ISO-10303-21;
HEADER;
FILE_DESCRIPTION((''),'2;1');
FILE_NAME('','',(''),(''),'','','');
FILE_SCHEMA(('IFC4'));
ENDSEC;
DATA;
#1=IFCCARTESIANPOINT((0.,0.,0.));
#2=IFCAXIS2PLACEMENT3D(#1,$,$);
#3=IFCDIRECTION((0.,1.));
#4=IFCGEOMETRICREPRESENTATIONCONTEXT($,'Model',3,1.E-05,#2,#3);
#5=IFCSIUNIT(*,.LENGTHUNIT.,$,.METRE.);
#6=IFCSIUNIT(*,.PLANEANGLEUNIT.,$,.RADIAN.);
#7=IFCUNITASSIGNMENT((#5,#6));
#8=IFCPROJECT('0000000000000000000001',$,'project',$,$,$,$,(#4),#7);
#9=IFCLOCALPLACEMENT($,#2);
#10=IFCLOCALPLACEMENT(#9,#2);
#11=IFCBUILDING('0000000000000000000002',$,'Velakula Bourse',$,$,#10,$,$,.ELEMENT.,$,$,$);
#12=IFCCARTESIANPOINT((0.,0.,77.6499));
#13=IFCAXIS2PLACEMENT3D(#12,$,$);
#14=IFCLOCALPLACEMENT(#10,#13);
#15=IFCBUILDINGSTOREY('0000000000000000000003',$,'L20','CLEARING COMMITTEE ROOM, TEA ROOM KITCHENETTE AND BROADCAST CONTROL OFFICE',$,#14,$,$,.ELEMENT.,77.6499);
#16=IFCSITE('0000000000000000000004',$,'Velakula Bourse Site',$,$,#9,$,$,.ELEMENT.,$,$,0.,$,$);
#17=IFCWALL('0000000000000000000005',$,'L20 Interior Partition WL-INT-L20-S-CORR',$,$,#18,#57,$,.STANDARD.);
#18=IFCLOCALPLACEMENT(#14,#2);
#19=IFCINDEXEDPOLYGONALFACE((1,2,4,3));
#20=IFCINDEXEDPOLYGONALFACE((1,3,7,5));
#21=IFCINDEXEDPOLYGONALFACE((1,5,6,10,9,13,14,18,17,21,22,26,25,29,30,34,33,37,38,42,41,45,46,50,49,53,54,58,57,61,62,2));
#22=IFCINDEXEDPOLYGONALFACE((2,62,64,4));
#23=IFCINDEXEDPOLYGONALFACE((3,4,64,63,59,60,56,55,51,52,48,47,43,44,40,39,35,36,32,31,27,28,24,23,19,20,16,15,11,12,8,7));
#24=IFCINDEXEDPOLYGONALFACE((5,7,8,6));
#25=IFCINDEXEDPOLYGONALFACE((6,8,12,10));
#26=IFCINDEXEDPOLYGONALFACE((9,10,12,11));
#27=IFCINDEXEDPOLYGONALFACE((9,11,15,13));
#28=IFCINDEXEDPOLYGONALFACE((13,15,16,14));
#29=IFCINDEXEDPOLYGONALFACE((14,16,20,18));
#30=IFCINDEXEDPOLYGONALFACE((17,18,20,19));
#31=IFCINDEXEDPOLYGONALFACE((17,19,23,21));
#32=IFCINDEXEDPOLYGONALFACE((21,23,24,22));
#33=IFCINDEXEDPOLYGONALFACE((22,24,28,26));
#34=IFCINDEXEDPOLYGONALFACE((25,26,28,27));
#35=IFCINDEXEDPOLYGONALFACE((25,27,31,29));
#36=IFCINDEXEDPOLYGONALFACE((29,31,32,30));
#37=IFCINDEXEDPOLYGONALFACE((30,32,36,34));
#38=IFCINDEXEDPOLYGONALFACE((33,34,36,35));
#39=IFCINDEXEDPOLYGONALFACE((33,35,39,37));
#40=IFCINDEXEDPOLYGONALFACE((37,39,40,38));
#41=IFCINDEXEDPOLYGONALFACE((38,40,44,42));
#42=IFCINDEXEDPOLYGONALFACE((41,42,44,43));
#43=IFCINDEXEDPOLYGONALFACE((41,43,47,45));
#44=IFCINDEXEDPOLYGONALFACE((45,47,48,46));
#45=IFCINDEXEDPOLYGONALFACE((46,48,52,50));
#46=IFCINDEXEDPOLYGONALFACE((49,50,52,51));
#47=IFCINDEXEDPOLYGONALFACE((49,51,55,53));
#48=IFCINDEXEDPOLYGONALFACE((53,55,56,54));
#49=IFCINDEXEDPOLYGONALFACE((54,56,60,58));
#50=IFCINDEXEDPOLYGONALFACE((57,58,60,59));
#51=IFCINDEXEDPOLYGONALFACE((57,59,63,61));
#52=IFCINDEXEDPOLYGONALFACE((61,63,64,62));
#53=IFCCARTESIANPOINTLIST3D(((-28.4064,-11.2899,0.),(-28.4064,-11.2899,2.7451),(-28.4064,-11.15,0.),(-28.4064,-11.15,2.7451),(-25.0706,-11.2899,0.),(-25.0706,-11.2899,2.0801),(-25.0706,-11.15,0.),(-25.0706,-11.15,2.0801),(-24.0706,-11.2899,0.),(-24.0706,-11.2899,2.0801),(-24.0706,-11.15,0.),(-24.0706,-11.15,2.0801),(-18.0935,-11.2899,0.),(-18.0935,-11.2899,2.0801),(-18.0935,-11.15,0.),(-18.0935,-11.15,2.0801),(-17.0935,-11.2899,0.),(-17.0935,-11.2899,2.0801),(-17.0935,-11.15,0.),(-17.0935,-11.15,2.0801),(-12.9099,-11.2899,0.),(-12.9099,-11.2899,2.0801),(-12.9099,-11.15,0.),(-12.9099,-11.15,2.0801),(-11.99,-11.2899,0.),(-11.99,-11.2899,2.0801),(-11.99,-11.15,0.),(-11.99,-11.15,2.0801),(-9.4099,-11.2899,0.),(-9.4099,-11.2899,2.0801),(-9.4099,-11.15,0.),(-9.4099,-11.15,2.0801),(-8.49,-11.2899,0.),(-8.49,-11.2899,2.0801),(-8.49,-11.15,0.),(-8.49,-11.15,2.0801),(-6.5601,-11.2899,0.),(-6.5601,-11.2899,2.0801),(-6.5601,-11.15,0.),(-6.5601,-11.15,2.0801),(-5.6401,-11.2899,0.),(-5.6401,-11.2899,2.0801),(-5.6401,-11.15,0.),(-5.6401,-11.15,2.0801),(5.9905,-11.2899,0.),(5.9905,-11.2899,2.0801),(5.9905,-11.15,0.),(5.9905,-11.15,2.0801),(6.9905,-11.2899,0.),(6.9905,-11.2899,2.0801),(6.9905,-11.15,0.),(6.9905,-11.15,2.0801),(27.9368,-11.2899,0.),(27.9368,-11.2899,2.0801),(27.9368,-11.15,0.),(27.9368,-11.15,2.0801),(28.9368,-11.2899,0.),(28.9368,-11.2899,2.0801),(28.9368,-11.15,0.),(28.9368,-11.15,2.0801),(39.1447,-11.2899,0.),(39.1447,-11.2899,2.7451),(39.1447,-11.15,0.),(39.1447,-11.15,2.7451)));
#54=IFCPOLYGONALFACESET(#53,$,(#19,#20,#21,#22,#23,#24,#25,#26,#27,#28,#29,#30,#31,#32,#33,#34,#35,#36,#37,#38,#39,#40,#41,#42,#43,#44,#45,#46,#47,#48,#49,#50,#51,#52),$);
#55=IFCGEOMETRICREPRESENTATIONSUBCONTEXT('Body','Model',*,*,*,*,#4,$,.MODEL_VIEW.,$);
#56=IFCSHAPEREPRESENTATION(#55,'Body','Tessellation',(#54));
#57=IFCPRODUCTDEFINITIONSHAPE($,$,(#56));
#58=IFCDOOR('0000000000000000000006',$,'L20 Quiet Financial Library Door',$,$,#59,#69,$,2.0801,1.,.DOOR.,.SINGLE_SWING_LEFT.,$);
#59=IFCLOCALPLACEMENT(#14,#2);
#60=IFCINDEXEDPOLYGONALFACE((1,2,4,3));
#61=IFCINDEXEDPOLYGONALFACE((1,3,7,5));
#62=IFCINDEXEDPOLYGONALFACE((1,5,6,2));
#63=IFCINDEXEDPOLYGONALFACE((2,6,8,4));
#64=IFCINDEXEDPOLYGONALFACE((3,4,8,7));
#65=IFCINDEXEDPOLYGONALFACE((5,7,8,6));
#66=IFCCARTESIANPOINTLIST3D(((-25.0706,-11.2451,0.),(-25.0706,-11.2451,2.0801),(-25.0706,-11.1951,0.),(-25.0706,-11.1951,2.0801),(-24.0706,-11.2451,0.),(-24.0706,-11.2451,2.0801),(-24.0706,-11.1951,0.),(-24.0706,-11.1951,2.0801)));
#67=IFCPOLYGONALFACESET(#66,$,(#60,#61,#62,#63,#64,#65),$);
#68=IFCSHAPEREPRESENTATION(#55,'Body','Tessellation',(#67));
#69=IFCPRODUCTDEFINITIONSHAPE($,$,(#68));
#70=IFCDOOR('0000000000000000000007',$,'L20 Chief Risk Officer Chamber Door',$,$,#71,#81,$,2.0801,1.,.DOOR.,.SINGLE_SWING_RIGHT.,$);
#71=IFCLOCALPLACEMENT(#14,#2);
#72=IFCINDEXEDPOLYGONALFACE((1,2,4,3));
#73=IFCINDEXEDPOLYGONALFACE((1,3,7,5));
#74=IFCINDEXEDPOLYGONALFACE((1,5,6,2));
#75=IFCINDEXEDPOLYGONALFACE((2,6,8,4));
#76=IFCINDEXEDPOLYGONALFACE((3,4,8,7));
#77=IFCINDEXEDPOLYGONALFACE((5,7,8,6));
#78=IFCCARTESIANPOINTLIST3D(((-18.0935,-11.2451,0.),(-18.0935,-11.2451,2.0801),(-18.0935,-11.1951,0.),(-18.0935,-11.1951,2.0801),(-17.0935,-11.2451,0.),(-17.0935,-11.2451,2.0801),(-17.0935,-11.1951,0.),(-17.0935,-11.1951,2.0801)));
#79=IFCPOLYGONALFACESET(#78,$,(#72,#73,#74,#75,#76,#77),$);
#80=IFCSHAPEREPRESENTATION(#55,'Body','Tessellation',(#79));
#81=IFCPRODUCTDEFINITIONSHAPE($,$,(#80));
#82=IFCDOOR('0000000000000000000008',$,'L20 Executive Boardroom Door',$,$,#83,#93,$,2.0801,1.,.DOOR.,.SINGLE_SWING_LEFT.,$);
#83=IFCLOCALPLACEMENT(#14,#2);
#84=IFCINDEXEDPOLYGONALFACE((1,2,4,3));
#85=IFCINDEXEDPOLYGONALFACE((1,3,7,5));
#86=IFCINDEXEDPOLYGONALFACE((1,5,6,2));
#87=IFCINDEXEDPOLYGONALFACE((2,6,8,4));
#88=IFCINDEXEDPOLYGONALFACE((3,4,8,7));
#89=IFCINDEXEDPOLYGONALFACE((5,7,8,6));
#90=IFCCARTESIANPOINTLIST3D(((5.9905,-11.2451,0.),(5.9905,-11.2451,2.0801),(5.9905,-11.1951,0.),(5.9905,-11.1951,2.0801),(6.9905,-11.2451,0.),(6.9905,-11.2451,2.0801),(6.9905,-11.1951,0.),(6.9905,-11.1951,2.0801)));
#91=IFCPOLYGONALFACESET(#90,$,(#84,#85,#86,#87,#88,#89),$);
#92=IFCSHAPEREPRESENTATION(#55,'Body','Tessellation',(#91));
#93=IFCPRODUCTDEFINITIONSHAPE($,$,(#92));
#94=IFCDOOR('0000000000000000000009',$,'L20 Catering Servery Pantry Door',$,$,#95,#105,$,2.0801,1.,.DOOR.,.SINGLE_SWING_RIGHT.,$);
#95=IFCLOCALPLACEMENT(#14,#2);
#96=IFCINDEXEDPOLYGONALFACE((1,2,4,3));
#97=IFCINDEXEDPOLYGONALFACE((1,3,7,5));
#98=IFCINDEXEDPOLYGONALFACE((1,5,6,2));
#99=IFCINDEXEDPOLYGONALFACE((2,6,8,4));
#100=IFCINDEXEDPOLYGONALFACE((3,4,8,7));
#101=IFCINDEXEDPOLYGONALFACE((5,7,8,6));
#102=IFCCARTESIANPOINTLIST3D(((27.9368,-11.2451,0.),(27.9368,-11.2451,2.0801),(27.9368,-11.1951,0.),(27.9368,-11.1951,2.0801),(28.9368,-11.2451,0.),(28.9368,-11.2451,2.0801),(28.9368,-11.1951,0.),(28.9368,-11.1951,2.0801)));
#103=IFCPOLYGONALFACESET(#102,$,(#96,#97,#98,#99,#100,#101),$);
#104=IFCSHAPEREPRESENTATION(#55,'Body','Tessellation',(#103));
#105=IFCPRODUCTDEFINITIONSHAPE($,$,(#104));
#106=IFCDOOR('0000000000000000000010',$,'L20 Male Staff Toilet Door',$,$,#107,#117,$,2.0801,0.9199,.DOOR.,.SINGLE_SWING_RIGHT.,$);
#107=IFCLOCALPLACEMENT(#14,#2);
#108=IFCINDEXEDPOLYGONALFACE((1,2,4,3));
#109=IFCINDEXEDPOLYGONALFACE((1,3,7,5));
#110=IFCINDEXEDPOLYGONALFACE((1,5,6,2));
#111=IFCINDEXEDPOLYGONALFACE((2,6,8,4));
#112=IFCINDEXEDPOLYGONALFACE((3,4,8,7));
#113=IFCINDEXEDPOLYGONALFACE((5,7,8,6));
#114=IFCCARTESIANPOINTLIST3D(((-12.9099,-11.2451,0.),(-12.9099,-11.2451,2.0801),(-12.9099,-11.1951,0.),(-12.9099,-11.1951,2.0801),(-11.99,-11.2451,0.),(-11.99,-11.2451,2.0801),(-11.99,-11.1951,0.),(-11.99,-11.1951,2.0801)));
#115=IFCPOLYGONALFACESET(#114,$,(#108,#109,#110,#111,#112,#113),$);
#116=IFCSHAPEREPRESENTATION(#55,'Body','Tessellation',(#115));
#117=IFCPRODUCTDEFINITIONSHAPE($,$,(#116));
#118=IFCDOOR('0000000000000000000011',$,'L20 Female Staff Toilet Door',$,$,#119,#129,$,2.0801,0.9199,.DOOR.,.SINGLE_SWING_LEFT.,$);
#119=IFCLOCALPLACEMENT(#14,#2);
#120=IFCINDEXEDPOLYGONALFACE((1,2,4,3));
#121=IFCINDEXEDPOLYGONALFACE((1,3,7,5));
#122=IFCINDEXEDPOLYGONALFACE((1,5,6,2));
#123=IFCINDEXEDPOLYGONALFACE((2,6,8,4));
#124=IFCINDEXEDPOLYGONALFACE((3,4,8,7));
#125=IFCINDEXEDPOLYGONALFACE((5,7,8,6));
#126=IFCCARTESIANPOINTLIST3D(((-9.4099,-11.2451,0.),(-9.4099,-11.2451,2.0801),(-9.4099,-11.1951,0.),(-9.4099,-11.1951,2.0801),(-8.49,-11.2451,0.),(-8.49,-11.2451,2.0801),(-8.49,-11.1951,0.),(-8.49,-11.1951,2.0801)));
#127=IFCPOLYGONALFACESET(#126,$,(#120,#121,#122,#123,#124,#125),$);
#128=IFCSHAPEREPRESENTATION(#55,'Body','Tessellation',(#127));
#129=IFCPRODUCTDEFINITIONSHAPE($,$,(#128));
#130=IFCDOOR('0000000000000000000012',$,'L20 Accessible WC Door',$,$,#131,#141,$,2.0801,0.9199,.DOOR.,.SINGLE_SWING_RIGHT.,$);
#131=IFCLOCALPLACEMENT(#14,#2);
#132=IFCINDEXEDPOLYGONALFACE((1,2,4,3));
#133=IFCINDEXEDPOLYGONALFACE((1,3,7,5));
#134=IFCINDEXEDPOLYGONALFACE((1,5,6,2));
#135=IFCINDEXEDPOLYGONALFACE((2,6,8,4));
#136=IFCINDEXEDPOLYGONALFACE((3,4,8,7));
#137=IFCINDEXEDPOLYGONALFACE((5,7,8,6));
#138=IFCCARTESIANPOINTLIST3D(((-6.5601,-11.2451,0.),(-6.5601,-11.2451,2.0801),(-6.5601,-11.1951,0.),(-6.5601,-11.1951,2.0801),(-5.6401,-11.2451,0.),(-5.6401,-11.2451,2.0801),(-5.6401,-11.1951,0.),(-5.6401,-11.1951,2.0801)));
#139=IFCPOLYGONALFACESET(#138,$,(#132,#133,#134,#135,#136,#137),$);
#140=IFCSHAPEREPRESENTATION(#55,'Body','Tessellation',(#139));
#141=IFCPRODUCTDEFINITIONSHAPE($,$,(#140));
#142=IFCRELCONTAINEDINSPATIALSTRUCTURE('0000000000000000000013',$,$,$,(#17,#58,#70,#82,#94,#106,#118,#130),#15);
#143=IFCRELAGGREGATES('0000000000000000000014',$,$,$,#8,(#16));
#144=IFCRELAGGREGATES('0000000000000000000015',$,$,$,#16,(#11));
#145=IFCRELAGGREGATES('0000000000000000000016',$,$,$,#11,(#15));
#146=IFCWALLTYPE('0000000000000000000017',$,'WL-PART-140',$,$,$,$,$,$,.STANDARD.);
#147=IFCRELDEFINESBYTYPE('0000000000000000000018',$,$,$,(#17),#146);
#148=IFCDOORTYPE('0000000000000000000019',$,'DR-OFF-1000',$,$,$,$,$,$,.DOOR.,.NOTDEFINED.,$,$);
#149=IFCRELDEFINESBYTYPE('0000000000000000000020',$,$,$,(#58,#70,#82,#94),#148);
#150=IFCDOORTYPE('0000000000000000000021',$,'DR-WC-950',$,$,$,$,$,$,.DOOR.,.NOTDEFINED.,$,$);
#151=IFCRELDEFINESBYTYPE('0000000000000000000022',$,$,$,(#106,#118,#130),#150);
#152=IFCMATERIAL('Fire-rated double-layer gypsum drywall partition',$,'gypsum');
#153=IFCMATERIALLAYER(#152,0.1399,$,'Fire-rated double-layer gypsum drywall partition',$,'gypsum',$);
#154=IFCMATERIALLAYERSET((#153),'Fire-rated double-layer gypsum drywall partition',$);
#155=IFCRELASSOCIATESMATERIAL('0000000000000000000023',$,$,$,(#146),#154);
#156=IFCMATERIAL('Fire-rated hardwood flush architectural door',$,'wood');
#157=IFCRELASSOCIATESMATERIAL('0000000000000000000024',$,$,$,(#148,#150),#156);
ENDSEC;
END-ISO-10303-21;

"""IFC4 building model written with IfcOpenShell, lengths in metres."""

from ifc_helpers import new_model, si_unit, direction, frame, frame_2d, origin, place, context, subcontext, project, spatial, rectangle, extrude, material, layer, layer_set, type_object, element, fill, save


model = new_model("IFC4")

# Units and contexts
model_context = context("Model", 3, precision=1e-05, world=origin(), true_north=direction((0.0, 1.0)))
body_context = subcontext(model_context, "Body", "Model", "MODEL_VIEW")
ifc_project = project(units=[si_unit("LENGTHUNIT", "METRE"), si_unit("PLANEANGLEUNIT", "RADIAN")], contexts=[model_context])

# Site, building, storey
site_placement = place(None, origin())
site = spatial("IfcSite", under=ifc_project, at=site_placement, Name="Velakula Bourse Site", CompositionType="ELEMENT", RefElevation=0.0)
building_placement = place(site_placement, origin())
building = spatial("IfcBuilding", under=site, at=building_placement, Name="Velakula Bourse", CompositionType="ELEMENT")
storey_placement = place(building_placement, frame((0.0, 0.0, 77.6499)))
storey = spatial("IfcBuildingStorey", under=building, at=storey_placement, Name="L20", Description="CLEARING COMMITTEE ROOM, TEA ROOM KITCHENETTE AND BROADCAST CONTROL OFFICE", CompositionType="ELEMENT", Elevation=77.6499)

# Wall, openings, doors
ifc_material_1 = material(Name="Fire-rated double-layer gypsum drywall partition", Category="gypsum")
ifc_layer_1 = layer(ifc_material_1, 0.1399, Name="Fire-rated double-layer gypsum drywall partition", Category="gypsum")
ifc_layer_set_1 = layer_set([ifc_layer_1], Name="Fire-rated double-layer gypsum drywall partition")
wall_type_1 = type_object("IfcWallType", Name="WL-PART-140", PredefinedType="STANDARD", material=ifc_layer_set_1)
wall_1_placement = place(storey_placement, frame((-28.4062, -11.22, 0.0), z_axis=(0.0, 0.0, 1.0), x_axis=(1.0, 0.0, 0.0)))
wall_1 = element("IfcWall", 1, at=wall_1_placement, inside=storey, type_object=wall_type_1, Name="L20 Interior Partition WL-INT-L20-S-CORR", PredefinedType="STANDARD", context=body_context, shape_type="SweptSolid", body=[
    extrude(rectangle(XDim=67.551, YDim=0.1399, at=frame_2d((33.7754, 0.0))), origin(), (0.0, 0.0, 1.0), 2.7451),
])
opening_1_placement = place(wall_1_placement, frame((15.4963, 0.0, 0.0)))
opening_1 = element("IfcOpeningElement", 2, at=opening_1_placement, cuts=wall_1, PredefinedType="OPENING", context=body_context, shape_type="SweptSolid", body=[
    extrude(rectangle(XDim=0.9199, YDim=2.0801, at=frame_2d((0.46, 1.04))), frame((0.0, 0.0798, 0.0), z_axis=(0.0, -1.0, 0.0), x_axis=(1.0, 0.0, 0.0)), (0.0, 0.0, 1.0), 0.1599),
])
opening_2_placement = place(wall_1_placement, frame((18.9963, 0.0, 0.0)))
opening_2 = element("IfcOpeningElement", 3, at=opening_2_placement, cuts=wall_1, PredefinedType="OPENING", context=body_context, shape_type="SweptSolid", body=[
    extrude(rectangle(XDim=0.9199, YDim=2.0801, at=frame_2d((0.46, 1.04))), frame((0.0, 0.0798, 0.0), z_axis=(0.0, -1.0, 0.0), x_axis=(1.0, 0.0, 0.0)), (0.0, 0.0, 1.0), 0.1599),
])
opening_3_placement = place(wall_1_placement, frame((21.8462, 0.0, 0.0)))
opening_3 = element("IfcOpeningElement", 4, at=opening_3_placement, cuts=wall_1, PredefinedType="OPENING", context=body_context, shape_type="SweptSolid", body=[
    extrude(rectangle(XDim=0.9199, YDim=2.0801, at=frame_2d((0.46, 1.04))), frame((0.0, 0.0798, 0.0), z_axis=(0.0, -1.0, 0.0), x_axis=(1.0, 0.0, 0.0)), (0.0, 0.0, 1.0), 0.1599),
])
opening_4_placement = place(wall_1_placement, frame((3.3357, 0.0, 0.0)))
opening_4 = element("IfcOpeningElement", 5, at=opening_4_placement, cuts=wall_1, PredefinedType="OPENING", context=body_context, shape_type="SweptSolid", body=[
    extrude(rectangle(XDim=1.0, YDim=2.0801, at=frame_2d((0.5, 1.04))), frame((0.0, 0.0798, 0.0), z_axis=(0.0, -1.0, 0.0), x_axis=(1.0, 0.0, 0.0)), (0.0, 0.0, 1.0), 0.1599),
])
opening_5_placement = place(wall_1_placement, frame((10.3127, 0.0, 0.0)))
opening_5 = element("IfcOpeningElement", 6, at=opening_5_placement, cuts=wall_1, PredefinedType="OPENING", context=body_context, shape_type="SweptSolid", body=[
    extrude(rectangle(XDim=1.0, YDim=2.0801, at=frame_2d((0.5, 1.04))), frame((0.0, 0.0798, 0.0), z_axis=(0.0, -1.0, 0.0), x_axis=(1.0, 0.0, 0.0)), (0.0, 0.0, 1.0), 0.1599),
])
opening_6_placement = place(wall_1_placement, frame((34.3967, 0.0, 0.0)))
opening_6 = element("IfcOpeningElement", 7, at=opening_6_placement, cuts=wall_1, PredefinedType="OPENING", context=body_context, shape_type="SweptSolid", body=[
    extrude(rectangle(XDim=1.0, YDim=2.0801, at=frame_2d((0.5, 1.04))), frame((0.0, 0.0798, 0.0), z_axis=(0.0, -1.0, 0.0), x_axis=(1.0, 0.0, 0.0)), (0.0, 0.0, 1.0), 0.1599),
])
opening_7_placement = place(wall_1_placement, frame((56.343, 0.0, 0.0)))
opening_7 = element("IfcOpeningElement", 8, at=opening_7_placement, cuts=wall_1, PredefinedType="OPENING", context=body_context, shape_type="SweptSolid", body=[
    extrude(rectangle(XDim=1.0, YDim=2.0801, at=frame_2d((0.5, 1.04))), frame((0.0, 0.0798, 0.0), z_axis=(0.0, -1.0, 0.0), x_axis=(1.0, 0.0, 0.0)), (0.0, 0.0, 1.0), 0.1599),
])
ifc_material_2 = material(Name="Fire-rated hardwood flush architectural door", Category="wood")
door_type_1 = type_object("IfcDoorType", Name="DR-OFF-1000", OperationType="NOTDEFINED", PredefinedType="DOOR", material=ifc_material_2)
door_1_placement = place(opening_4_placement, origin())
door_1 = element("IfcDoor", 9, at=door_1_placement, inside=storey, type_object=door_type_1, Name="L20 Quiet Financial Library Door", OperationType="SINGLE_SWING_LEFT", OverallHeight=2.0801, OverallWidth=1.0, PredefinedType="DOOR", context=body_context, shape_type="SweptSolid", body=[
    extrude(rectangle(XDim=1.0, YDim=2.0801, at=frame_2d((0.5, 1.04))), frame((0.0, 0.0249, 0.0), z_axis=(0.0, -1.0, 0.0), x_axis=(1.0, 0.0, 0.0)), (0.0, 0.0, 1.0), 0.05),
])
fill(opening_4, door_1)
door_2_placement = place(opening_5_placement, origin())
door_2 = element("IfcDoor", 10, at=door_2_placement, inside=storey, type_object=door_type_1, Name="L20 Chief Risk Officer Chamber Door", OperationType="SINGLE_SWING_RIGHT", OverallHeight=2.0801, OverallWidth=1.0, PredefinedType="DOOR", context=body_context, shape_type="SweptSolid", body=[
    extrude(rectangle(XDim=1.0, YDim=2.0801, at=frame_2d((0.5, 1.04))), frame((0.0, 0.0249, 0.0), z_axis=(0.0, -1.0, 0.0), x_axis=(1.0, 0.0, 0.0)), (0.0, 0.0, 1.0), 0.05),
])
fill(opening_5, door_2)
door_3_placement = place(opening_6_placement, origin())
door_3 = element("IfcDoor", 11, at=door_3_placement, inside=storey, type_object=door_type_1, Name="L20 Executive Boardroom Door", OperationType="SINGLE_SWING_LEFT", OverallHeight=2.0801, OverallWidth=1.0, PredefinedType="DOOR", context=body_context, shape_type="SweptSolid", body=[
    extrude(rectangle(XDim=1.0, YDim=2.0801, at=frame_2d((0.5, 1.04))), frame((0.0, 0.0249, 0.0), z_axis=(0.0, -1.0, 0.0), x_axis=(1.0, 0.0, 0.0)), (0.0, 0.0, 1.0), 0.05),
])
fill(opening_6, door_3)
door_4_placement = place(opening_7_placement, origin())
door_4 = element("IfcDoor", 12, at=door_4_placement, inside=storey, type_object=door_type_1, Name="L20 Catering Servery Pantry Door", OperationType="SINGLE_SWING_RIGHT", OverallHeight=2.0801, OverallWidth=1.0, PredefinedType="DOOR", context=body_context, shape_type="SweptSolid", body=[
    extrude(rectangle(XDim=1.0, YDim=2.0801, at=frame_2d((0.5, 1.04))), frame((0.0, 0.0249, 0.0), z_axis=(0.0, -1.0, 0.0), x_axis=(1.0, 0.0, 0.0)), (0.0, 0.0, 1.0), 0.05),
])
fill(opening_7, door_4)
door_type_2 = type_object("IfcDoorType", Name="DR-WC-950", OperationType="NOTDEFINED", PredefinedType="DOOR", material=ifc_material_2)
door_5_placement = place(opening_1_placement, origin())
door_5 = element("IfcDoor", 13, at=door_5_placement, inside=storey, type_object=door_type_2, Name="L20 Male Staff Toilet Door", OperationType="SINGLE_SWING_RIGHT", OverallHeight=2.0801, OverallWidth=0.9199, PredefinedType="DOOR", context=body_context, shape_type="SweptSolid", body=[
    extrude(rectangle(XDim=0.9199, YDim=2.0801, at=frame_2d((0.46, 1.04))), frame((0.0, 0.0249, 0.0), z_axis=(0.0, -1.0, 0.0), x_axis=(1.0, 0.0, 0.0)), (0.0, 0.0, 1.0), 0.05),
])
fill(opening_1, door_5)
door_6_placement = place(opening_2_placement, origin())
door_6 = element("IfcDoor", 14, at=door_6_placement, inside=storey, type_object=door_type_2, Name="L20 Female Staff Toilet Door", OperationType="SINGLE_SWING_LEFT", OverallHeight=2.0801, OverallWidth=0.9199, PredefinedType="DOOR", context=body_context, shape_type="SweptSolid", body=[
    extrude(rectangle(XDim=0.9199, YDim=2.0801, at=frame_2d((0.46, 1.04))), frame((0.0, 0.0249, 0.0), z_axis=(0.0, -1.0, 0.0), x_axis=(1.0, 0.0, 0.0)), (0.0, 0.0, 1.0), 0.05),
])
fill(opening_2, door_6)
door_7_placement = place(opening_3_placement, origin())
door_7 = element("IfcDoor", 15, at=door_7_placement, inside=storey, type_object=door_type_2, Name="L20 Accessible WC Door", OperationType="SINGLE_SWING_RIGHT", OverallHeight=2.0801, OverallWidth=0.9199, PredefinedType="DOOR", context=body_context, shape_type="SweptSolid", body=[
    extrude(rectangle(XDim=0.9199, YDim=2.0801, at=frame_2d((0.46, 1.04))), frame((0.0, 0.0249, 0.0), z_axis=(0.0, -1.0, 0.0), x_axis=(1.0, 0.0, 0.0)), (0.0, 0.0, 1.0), 0.05),
])
fill(opening_3, door_7)

save(model, "model.ifc")
